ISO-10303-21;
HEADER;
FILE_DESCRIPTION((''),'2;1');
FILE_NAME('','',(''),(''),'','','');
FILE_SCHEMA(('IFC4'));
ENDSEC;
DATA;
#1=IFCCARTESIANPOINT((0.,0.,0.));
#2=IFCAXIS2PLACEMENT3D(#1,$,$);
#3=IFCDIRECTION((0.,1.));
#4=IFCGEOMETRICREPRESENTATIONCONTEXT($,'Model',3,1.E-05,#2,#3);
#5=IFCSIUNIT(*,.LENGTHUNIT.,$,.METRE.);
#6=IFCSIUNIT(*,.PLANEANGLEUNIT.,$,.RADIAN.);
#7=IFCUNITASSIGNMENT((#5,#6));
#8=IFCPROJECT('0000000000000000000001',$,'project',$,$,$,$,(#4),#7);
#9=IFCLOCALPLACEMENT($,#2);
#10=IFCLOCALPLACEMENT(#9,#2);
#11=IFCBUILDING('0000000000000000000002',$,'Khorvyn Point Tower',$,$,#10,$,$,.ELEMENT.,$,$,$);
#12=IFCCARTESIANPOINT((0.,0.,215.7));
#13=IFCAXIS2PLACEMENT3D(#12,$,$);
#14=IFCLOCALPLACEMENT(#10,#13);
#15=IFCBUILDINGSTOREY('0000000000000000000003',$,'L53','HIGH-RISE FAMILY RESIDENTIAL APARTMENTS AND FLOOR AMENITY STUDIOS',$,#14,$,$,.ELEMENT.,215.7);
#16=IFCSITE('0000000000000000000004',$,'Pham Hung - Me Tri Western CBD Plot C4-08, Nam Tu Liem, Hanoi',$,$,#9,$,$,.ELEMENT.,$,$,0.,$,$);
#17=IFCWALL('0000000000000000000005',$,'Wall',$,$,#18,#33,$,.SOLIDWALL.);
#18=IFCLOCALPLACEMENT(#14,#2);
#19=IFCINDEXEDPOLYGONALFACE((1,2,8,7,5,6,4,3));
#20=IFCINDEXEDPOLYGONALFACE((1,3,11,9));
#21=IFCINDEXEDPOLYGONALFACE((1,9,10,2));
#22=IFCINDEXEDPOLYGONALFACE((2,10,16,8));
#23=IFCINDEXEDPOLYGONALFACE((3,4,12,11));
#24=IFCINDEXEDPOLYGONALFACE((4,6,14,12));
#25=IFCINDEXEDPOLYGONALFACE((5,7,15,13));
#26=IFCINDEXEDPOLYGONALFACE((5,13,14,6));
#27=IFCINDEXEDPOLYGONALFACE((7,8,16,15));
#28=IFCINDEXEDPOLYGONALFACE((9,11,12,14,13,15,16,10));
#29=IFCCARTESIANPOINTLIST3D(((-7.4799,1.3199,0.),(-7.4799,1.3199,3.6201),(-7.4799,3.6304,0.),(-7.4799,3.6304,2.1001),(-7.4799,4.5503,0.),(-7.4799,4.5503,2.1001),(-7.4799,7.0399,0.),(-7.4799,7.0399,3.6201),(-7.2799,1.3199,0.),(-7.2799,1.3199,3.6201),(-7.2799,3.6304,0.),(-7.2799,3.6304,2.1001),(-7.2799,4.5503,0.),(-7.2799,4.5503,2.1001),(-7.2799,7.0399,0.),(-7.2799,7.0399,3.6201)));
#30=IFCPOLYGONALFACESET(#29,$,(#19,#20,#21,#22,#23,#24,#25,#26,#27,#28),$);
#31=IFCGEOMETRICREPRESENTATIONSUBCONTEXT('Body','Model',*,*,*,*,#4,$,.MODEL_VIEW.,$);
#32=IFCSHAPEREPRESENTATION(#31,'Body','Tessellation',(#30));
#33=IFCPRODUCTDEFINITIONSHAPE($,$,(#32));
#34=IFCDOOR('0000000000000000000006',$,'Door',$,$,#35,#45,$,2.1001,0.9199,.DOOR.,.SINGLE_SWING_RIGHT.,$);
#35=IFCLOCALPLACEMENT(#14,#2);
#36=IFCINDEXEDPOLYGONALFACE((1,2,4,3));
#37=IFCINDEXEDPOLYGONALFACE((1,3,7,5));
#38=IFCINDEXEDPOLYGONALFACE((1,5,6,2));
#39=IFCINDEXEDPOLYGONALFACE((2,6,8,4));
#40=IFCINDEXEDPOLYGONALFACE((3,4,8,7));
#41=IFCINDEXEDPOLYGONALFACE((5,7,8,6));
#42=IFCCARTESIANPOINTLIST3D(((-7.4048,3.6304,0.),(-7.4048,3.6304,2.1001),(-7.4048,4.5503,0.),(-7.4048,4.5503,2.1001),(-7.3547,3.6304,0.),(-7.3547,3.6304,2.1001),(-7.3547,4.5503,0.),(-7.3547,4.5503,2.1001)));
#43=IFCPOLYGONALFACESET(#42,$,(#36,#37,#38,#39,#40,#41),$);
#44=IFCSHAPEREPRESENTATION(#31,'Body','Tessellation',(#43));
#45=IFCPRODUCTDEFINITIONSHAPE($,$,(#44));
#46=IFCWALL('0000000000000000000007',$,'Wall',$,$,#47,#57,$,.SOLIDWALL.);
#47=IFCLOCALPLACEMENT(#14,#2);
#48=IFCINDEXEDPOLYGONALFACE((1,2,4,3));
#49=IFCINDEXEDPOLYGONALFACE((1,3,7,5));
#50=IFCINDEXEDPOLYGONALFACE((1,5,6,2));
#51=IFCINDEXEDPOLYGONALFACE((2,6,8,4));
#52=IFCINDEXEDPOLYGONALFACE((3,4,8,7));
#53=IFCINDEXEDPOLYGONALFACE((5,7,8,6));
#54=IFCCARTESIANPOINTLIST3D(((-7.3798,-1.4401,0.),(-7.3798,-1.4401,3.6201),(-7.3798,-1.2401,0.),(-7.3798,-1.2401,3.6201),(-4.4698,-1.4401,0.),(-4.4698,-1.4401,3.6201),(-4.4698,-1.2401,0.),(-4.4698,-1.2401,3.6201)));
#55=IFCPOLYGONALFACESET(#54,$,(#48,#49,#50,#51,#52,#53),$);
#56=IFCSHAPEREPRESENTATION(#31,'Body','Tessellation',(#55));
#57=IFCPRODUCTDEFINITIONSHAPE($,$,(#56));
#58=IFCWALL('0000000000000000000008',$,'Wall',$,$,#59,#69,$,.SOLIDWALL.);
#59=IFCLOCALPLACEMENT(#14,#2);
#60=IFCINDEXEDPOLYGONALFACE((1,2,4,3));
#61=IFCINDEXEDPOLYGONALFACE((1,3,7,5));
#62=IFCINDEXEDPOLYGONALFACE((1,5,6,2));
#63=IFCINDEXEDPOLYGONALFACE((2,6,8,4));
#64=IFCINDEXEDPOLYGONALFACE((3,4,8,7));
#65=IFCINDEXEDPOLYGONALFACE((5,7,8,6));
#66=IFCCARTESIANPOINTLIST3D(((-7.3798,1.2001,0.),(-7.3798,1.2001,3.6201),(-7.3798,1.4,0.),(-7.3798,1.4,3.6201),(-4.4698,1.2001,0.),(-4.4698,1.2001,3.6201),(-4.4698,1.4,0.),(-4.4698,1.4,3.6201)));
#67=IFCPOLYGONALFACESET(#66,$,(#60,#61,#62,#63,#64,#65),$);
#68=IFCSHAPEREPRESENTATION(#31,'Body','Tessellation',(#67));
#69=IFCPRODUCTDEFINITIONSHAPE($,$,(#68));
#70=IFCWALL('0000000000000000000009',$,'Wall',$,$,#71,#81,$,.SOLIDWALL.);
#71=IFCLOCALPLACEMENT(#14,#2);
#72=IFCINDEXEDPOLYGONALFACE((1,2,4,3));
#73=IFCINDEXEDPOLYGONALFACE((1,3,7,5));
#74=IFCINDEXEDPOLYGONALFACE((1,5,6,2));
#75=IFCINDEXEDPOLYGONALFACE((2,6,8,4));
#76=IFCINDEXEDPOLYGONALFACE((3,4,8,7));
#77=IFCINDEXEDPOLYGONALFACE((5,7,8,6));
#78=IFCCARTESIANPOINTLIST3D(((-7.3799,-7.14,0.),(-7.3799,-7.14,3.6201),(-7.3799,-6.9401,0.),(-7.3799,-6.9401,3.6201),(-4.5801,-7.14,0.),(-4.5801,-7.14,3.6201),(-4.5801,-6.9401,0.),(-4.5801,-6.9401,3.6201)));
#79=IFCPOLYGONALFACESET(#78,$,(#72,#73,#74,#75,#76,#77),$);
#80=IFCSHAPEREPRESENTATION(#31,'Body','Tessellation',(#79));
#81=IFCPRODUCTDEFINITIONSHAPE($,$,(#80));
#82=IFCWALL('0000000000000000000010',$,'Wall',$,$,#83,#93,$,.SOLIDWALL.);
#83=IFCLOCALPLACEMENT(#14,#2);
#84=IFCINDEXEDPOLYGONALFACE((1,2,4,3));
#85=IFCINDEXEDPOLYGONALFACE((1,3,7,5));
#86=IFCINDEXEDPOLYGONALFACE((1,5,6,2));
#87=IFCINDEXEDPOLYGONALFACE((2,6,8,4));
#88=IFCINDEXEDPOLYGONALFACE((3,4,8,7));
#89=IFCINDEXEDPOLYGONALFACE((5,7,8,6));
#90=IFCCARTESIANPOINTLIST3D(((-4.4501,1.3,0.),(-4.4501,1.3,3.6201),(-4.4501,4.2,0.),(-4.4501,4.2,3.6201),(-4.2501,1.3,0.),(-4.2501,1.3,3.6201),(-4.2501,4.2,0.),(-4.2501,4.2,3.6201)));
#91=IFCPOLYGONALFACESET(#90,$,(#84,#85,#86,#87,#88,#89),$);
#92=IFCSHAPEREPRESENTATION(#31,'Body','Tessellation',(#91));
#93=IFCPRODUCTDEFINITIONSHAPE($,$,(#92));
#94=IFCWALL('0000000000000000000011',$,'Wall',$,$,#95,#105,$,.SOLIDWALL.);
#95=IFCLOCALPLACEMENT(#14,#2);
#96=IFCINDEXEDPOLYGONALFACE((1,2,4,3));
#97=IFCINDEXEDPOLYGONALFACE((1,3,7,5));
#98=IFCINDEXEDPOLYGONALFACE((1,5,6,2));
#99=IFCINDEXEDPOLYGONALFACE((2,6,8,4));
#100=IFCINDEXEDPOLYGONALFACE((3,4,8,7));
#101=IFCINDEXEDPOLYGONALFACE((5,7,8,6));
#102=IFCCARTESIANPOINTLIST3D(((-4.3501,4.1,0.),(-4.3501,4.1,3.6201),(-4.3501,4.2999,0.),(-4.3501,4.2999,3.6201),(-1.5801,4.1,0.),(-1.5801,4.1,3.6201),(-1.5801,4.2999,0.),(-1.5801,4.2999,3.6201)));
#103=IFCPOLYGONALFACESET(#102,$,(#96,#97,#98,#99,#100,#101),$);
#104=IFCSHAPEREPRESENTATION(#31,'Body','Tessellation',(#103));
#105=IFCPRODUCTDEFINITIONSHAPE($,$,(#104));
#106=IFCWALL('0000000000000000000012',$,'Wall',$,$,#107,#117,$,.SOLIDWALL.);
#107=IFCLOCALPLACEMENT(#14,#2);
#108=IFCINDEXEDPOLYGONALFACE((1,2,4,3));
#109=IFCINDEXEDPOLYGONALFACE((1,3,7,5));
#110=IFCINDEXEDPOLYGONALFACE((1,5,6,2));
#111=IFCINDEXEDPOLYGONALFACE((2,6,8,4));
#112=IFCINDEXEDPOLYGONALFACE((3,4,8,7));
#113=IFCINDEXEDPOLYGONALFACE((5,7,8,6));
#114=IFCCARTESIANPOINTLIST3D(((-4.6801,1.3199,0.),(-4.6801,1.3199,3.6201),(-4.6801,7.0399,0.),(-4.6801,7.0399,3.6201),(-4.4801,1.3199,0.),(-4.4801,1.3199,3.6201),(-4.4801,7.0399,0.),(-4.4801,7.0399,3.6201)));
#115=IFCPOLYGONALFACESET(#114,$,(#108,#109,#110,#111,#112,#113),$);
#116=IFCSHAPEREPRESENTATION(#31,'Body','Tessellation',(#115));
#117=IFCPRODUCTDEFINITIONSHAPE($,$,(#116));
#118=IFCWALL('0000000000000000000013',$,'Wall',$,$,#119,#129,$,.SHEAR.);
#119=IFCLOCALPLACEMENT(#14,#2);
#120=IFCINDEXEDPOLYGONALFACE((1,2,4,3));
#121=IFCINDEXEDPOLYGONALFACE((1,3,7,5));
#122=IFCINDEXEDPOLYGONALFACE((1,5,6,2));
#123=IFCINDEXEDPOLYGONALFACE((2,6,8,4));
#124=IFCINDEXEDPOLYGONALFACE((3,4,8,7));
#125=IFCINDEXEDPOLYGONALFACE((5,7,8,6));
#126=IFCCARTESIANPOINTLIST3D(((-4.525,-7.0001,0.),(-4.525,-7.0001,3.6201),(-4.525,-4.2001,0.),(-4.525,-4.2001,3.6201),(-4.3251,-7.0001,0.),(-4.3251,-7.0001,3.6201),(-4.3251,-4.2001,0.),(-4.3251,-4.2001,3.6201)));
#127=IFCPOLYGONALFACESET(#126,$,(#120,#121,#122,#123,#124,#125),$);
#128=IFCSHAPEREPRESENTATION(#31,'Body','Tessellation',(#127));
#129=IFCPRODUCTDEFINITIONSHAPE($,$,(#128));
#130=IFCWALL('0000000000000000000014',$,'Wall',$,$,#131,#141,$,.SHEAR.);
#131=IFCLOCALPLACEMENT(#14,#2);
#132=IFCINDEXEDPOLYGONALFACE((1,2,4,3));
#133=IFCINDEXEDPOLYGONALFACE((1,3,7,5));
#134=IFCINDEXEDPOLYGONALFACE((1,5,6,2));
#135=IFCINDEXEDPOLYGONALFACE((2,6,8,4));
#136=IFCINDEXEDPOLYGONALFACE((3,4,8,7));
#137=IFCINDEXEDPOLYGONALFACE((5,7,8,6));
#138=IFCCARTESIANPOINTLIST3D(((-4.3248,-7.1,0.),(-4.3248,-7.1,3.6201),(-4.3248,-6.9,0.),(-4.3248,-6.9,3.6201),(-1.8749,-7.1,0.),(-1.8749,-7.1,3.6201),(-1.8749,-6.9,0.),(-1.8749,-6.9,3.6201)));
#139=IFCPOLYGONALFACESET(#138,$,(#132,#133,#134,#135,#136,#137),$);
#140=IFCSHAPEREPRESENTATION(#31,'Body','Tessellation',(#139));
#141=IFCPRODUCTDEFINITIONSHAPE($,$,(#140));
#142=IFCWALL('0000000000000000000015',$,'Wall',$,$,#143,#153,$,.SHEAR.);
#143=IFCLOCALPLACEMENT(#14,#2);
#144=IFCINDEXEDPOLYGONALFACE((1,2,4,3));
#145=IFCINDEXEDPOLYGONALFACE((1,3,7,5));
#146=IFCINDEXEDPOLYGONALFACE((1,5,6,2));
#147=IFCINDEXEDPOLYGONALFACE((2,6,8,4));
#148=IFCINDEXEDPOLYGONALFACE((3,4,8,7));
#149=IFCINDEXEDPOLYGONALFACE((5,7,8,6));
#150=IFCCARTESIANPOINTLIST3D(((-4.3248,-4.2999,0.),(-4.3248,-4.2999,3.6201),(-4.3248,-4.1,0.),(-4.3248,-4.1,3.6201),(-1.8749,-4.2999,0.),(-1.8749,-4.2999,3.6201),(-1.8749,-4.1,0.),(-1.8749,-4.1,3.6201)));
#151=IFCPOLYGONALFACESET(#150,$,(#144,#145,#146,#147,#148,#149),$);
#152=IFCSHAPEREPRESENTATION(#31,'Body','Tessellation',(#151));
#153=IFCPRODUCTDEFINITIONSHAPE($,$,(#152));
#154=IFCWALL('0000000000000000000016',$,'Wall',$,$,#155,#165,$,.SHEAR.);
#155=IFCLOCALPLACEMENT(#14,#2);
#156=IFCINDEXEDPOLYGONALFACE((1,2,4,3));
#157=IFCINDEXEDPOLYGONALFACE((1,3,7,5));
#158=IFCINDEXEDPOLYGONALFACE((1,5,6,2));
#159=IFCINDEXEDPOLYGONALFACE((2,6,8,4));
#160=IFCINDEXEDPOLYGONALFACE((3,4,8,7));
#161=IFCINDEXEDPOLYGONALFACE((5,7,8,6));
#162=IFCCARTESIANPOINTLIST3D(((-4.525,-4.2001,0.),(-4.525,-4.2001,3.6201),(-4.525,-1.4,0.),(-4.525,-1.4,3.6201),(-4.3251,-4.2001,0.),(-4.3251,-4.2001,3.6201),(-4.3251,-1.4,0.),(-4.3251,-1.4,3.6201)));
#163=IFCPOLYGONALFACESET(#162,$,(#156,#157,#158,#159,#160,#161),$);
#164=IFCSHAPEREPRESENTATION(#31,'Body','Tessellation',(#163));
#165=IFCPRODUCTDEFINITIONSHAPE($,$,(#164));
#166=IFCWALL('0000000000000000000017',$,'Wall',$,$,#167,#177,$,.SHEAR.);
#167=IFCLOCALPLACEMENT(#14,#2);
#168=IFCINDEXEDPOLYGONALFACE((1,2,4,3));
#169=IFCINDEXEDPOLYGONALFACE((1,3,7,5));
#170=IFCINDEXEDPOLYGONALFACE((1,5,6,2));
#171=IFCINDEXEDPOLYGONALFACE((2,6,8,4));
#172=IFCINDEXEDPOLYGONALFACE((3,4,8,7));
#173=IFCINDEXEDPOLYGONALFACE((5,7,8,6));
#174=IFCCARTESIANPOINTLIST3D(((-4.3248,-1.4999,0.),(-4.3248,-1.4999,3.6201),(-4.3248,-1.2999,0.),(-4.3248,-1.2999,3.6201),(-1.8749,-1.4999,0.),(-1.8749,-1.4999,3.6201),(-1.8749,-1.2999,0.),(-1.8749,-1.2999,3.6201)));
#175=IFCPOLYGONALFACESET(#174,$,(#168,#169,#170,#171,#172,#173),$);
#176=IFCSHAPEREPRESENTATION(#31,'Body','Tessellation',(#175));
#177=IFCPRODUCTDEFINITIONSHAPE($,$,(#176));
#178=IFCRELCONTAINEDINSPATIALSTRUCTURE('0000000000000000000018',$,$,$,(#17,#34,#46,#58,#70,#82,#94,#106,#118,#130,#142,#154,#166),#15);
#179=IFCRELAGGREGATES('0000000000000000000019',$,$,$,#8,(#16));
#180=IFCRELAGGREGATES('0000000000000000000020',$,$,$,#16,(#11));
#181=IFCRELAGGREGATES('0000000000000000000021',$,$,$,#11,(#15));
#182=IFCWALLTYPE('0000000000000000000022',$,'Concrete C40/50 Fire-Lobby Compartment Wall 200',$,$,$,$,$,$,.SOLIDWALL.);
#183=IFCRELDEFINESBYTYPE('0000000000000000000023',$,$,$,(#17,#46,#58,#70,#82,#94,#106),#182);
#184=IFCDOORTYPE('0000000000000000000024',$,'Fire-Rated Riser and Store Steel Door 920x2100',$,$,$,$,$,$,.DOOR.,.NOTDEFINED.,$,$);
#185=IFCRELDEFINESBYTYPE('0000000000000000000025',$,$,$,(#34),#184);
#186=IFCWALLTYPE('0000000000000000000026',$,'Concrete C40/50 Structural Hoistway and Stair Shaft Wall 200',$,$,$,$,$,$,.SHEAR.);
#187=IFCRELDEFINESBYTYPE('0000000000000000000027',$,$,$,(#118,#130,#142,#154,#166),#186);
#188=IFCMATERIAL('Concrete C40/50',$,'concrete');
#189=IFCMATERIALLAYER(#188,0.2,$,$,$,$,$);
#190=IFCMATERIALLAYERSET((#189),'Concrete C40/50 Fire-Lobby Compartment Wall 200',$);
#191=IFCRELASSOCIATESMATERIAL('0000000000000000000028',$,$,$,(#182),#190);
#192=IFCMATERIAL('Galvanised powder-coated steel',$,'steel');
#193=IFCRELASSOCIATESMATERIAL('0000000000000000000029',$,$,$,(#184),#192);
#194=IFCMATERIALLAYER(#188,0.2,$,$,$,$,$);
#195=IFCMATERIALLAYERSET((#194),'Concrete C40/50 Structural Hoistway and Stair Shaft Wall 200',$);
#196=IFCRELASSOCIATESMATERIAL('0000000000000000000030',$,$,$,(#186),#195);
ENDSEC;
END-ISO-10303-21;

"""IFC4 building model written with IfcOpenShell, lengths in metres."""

from ifc_helpers import new_model, si_unit, direction, frame, frame_2d, origin, place, context, subcontext, project, spatial, rectangle, extrude, material, layer, layer_set, type_object, element, fill, save


model = new_model("IFC4")

# Units and contexts
model_context = context("Model", 3, precision=1e-05, world=origin(), true_north=direction((0.0, 1.0)))
body_context = subcontext(model_context, "Body", "Model", "MODEL_VIEW")
ifc_project = project(units=[si_unit("LENGTHUNIT", "METRE"), si_unit("PLANEANGLEUNIT", "RADIAN")], contexts=[model_context])

# Site, building, storey
site_placement = place(None, origin())
site = spatial("IfcSite", under=ifc_project, at=site_placement, Name="Pham Hung - Me Tri Western CBD Plot C4-08, Nam Tu Liem, Hanoi", CompositionType="ELEMENT", RefElevation=0.0)
building_placement = place(site_placement, origin())
building = spatial("IfcBuilding", under=site, at=building_placement, Name="Khorvyn Point Tower", CompositionType="ELEMENT")
storey_placement = place(building_placement, frame((0.0, 0.0, 215.7)))
storey = spatial("IfcBuildingStorey", under=building, at=storey_placement, Name="L53", Description="HIGH-RISE FAMILY RESIDENTIAL APARTMENTS AND FLOOR AMENITY STUDIOS", CompositionType="ELEMENT", Elevation=215.7)

# Shared definitions
ifc_material_1 = material(Name="Concrete C40/50", Category="concrete")

# Wall, opening, door
ifc_layer_1 = layer(ifc_material_1, 0.2)
ifc_layer_set_1 = layer_set([ifc_layer_1], Name="Concrete C40/50 Fire-Lobby Compartment Wall 200")
wall_type_1 = type_object("IfcWallType", Name="Concrete C40/50 Fire-Lobby Compartment Wall 200", PredefinedType="SOLIDWALL", material=ifc_layer_set_1)
wall_1_placement = place(storey_placement, frame((-7.3799, 1.3201, 0.0), z_axis=(0.0, 0.0, 1.0), x_axis=(0.0, 1.0, 0.0)))
wall_1 = element("IfcWall", 1, at=wall_1_placement, inside=storey, type_object=wall_type_1, Name="Wall", PredefinedType="SOLIDWALL", context=body_context, shape_type="SweptSolid", body=[
    extrude(rectangle(XDim=5.72, YDim=0.2, at=frame_2d((2.8599, 0.0))), origin(), (0.0, 0.0, 1.0), 3.6201),
])
opening_1_placement = place(wall_1_placement, frame((2.3103, 0.0, 0.0)))
opening_1 = element("IfcOpeningElement", 2, at=opening_1_placement, cuts=wall_1, PredefinedType="OPENING", context=body_context, shape_type="SweptSolid", body=[
    extrude(rectangle(XDim=0.9199, YDim=2.1001, at=frame_2d((0.46, 1.05))), frame((0.0, 0.1099, 0.0), z_axis=(0.0, -1.0, 0.0), x_axis=(1.0, 0.0, 0.0)), (0.0, 0.0, 1.0), 0.22),
])
ifc_material_2 = material(Name="Galvanised powder-coated steel", Category="steel")
door_type_1 = type_object("IfcDoorType", Name="Fire-Rated Riser and Store Steel Door 920x2100", OperationType="NOTDEFINED", PredefinedType="DOOR", material=ifc_material_2)
door_1_placement = place(opening_1_placement, origin())
door_1 = element("IfcDoor", 3, at=door_1_placement, inside=storey, type_object=door_type_1, Name="Door", OperationType="SINGLE_SWING_RIGHT", OverallHeight=2.1001, OverallWidth=0.9199, PredefinedType="DOOR", context=body_context, shape_type="SweptSolid", body=[
    extrude(rectangle(XDim=0.9199, YDim=2.1001, at=frame_2d((0.46, 1.05))), frame((0.0, 0.0249, 0.0), z_axis=(0.0, -1.0, 0.0), x_axis=(1.0, 0.0, 0.0)), (0.0, 0.0, 1.0), 0.05),
])
fill(opening_1, door_1)

# Walls
for number, where, z_axis, x_axis, name in (
    (4, (-7.3799, -1.3401, 0.0), (0.0, 0.0, 1.0), (1.0, 0.0, 0.0), "Wall"),
    (5, (-7.3799, 1.3, 0.0), (0.0, 0.0, 1.0), (1.0, 0.0, 0.0), "Wall"),
):
    element("IfcWall", number, at=place(storey_placement, frame(where, z_axis=z_axis, x_axis=x_axis)), inside=storey, type_object=wall_type_1, Name=name, PredefinedType="SOLIDWALL", context=body_context, shape_type="SweptSolid", body=[
        extrude(rectangle(XDim=2.9099, YDim=0.2, at=frame_2d((1.4551, 0.0))), origin(), (0.0, 0.0, 1.0), 3.6201),
    ])
wall_2_placement = place(storey_placement, frame((-7.3799, -7.04, 0.0), z_axis=(0.0, 0.0, 1.0), x_axis=(1.0, 0.0, 0.0)))
element("IfcWall", 6, at=wall_2_placement, inside=storey, type_object=wall_type_1, Name="Wall", PredefinedType="SOLIDWALL", context=body_context, shape_type="SweptSolid", body=[
    extrude(rectangle(XDim=2.7998, YDim=0.2, at=frame_2d((1.3999, 0.0))), origin(), (0.0, 0.0, 1.0), 3.6201),
])
wall_3_placement = place(storey_placement, frame((-4.3501, 1.3, 0.0), z_axis=(0.0, 0.0, 1.0), x_axis=(0.0, 1.0, 0.0)))
element("IfcWall", 7, at=wall_3_placement, inside=storey, type_object=wall_type_1, Name="Wall", PredefinedType="SOLIDWALL", context=body_context, shape_type="SweptSolid", body=[
    extrude(rectangle(XDim=2.8999, YDim=0.2, at=frame_2d((1.45, 0.0))), origin(), (0.0, 0.0, 1.0), 3.6201),
])
wall_4_placement = place(storey_placement, frame((-4.3501, 4.2, 0.0), z_axis=(0.0, 0.0, 1.0), x_axis=(1.0, 0.0, 0.0)))
element("IfcWall", 8, at=wall_4_placement, inside=storey, type_object=wall_type_1, Name="Wall", PredefinedType="SOLIDWALL", context=body_context, shape_type="SweptSolid", body=[
    extrude(rectangle(XDim=2.77, YDim=0.2, at=frame_2d((1.385, 0.0))), origin(), (0.0, 0.0, 1.0), 3.6201),
])
wall_5_placement = place(storey_placement, frame((-4.5801, 1.3201, 0.0), z_axis=(0.0, 0.0, 1.0), x_axis=(0.0, 1.0, 0.0)))
element("IfcWall", 9, at=wall_5_placement, inside=storey, type_object=wall_type_1, Name="Wall", PredefinedType="SOLIDWALL", context=body_context, shape_type="SweptSolid", body=[
    extrude(rectangle(XDim=5.72, YDim=0.2, at=frame_2d((2.8599, 0.0))), origin(), (0.0, 0.0, 1.0), 3.6201),
])
ifc_layer_2 = layer(ifc_material_1, 0.2)
ifc_layer_set_2 = layer_set([ifc_layer_2], Name="Concrete C40/50 Structural Hoistway and Stair Shaft Wall 200")
wall_type_2 = type_object("IfcWallType", Name="Concrete C40/50 Structural Hoistway and Stair Shaft Wall 200", PredefinedType="SHEAR", material=ifc_layer_set_2)
wall_6_placement = place(storey_placement, frame((-4.425, -7.0, 0.0), z_axis=(0.0, 0.0, 1.0), x_axis=(0.0, 1.0, 0.0)))
element("IfcWall", 10, at=wall_6_placement, inside=storey, type_object=wall_type_2, Name="Wall", PredefinedType="SHEAR", context=body_context, shape_type="SweptSolid", body=[
    extrude(rectangle(XDim=2.8, YDim=0.2, at=frame_2d((1.3999, 0.0))), origin(), (0.0, 0.0, 1.0), 3.6201),
])
for number, where, z_axis, x_axis, name in (
    (11, (-4.325, -7.0, 0.0), (0.0, 0.0, 1.0), (1.0, 0.0, 0.0), "Wall"),
    (12, (-4.325, -4.2, 0.0), (0.0, 0.0, 1.0), (1.0, 0.0, 0.0), "Wall"),
):
    element("IfcWall", number, at=place(storey_placement, frame(where, z_axis=z_axis, x_axis=x_axis)), inside=storey, type_object=wall_type_2, Name=name, PredefinedType="SHEAR", context=body_context, shape_type="SweptSolid", body=[
        extrude(rectangle(XDim=2.45, YDim=0.2, at=frame_2d((1.2251, 0.0))), origin(), (0.0, 0.0, 1.0), 3.6201),
    ])
wall_7_placement = place(storey_placement, frame((-4.425, -4.2, 0.0), z_axis=(0.0, 0.0, 1.0), x_axis=(0.0, 1.0, 0.0)))
element("IfcWall", 13, at=wall_7_placement, inside=storey, type_object=wall_type_2, Name="Wall", PredefinedType="SHEAR", context=body_context, shape_type="SweptSolid", body=[
    extrude(rectangle(XDim=2.8, YDim=0.2, at=frame_2d((1.3999, 0.0))), origin(), (0.0, 0.0, 1.0), 3.6201),
])
wall_8_placement = place(storey_placement, frame((-4.325, -1.3999, 0.0), z_axis=(0.0, 0.0, 1.0), x_axis=(1.0, 0.0, 0.0)))
element("IfcWall", 14, at=wall_8_placement, inside=storey, type_object=wall_type_2, Name="Wall", PredefinedType="SHEAR", context=body_context, shape_type="SweptSolid", body=[
    extrude(rectangle(XDim=2.45, YDim=0.2, at=frame_2d((1.2251, 0.0))), origin(), (0.0, 0.0, 1.0), 3.6201),
])

save(model, "model.ifc")
